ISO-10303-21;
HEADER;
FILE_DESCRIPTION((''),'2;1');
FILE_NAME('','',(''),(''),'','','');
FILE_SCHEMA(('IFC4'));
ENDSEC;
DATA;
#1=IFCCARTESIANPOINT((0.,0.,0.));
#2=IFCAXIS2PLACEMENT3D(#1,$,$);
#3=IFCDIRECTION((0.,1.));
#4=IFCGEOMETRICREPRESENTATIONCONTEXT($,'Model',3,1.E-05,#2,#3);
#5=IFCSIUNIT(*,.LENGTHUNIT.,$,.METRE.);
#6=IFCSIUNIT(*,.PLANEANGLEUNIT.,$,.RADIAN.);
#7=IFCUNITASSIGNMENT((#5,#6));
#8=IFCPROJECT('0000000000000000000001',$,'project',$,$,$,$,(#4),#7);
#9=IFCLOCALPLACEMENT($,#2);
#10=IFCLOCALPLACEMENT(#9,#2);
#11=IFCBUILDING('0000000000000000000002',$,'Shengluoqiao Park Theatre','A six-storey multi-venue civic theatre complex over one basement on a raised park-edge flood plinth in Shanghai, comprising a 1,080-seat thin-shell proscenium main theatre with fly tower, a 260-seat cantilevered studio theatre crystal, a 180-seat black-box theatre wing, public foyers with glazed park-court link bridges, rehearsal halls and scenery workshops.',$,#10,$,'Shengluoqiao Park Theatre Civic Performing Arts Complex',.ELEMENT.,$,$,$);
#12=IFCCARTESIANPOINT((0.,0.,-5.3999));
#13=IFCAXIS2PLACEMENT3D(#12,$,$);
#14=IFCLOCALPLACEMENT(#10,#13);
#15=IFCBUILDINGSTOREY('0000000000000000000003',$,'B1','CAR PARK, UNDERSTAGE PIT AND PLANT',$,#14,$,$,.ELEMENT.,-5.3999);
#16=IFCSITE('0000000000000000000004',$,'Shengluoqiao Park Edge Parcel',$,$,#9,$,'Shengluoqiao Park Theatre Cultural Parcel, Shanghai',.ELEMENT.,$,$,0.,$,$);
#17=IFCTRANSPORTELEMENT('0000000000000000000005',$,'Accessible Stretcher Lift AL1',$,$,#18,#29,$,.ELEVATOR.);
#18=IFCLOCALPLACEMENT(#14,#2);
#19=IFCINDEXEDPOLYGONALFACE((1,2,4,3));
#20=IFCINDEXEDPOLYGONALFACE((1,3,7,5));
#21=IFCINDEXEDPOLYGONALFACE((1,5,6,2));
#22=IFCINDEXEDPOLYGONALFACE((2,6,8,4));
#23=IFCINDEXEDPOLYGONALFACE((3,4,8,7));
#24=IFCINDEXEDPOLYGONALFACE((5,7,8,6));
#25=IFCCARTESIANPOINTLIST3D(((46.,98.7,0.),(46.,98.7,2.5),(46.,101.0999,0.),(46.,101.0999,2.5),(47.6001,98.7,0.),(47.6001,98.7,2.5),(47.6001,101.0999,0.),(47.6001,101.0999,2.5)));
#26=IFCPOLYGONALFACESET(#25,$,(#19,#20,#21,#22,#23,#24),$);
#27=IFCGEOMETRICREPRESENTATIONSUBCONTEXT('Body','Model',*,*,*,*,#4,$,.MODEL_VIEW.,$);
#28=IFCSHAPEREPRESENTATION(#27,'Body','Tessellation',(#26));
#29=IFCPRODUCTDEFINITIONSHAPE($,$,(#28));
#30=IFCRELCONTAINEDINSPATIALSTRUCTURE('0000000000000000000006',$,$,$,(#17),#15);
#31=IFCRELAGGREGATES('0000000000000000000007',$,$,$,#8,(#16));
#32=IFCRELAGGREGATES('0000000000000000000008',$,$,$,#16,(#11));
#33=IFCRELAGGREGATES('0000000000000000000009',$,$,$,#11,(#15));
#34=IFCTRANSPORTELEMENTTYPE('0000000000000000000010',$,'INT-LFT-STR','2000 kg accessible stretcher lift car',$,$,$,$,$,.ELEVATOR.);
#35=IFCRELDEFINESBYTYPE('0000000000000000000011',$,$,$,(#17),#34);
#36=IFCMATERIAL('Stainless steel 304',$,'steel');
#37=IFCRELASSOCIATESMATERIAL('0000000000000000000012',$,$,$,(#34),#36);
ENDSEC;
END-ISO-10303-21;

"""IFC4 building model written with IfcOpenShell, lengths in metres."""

from ifc_helpers import new_model, si_unit, direction, frame, origin, origin_2d, place, context, subcontext, project, spatial, rectangle, extrude, material, type_object, element, save


model = new_model("IFC4")

# Units and contexts
model_context = context("Model", 3, precision=1e-05, world=origin(), true_north=direction((0.0, 1.0)))
body_context = subcontext(model_context, "Body", "Model", "MODEL_VIEW")
ifc_project = project(units=[si_unit("LENGTHUNIT", "METRE"), si_unit("PLANEANGLEUNIT", "RADIAN")], contexts=[model_context])

# Site, building, storey
site_placement = place(None, origin())
site = spatial("IfcSite", under=ifc_project, at=site_placement, Name="Shengluoqiao Park Edge Parcel", LongName="Shengluoqiao Park Theatre Cultural Parcel, Shanghai", CompositionType="ELEMENT", RefElevation=0.0)
building_placement = place(site_placement, origin())
building = spatial("IfcBuilding", under=site, at=building_placement, Name="Shengluoqiao Park Theatre", Description="A six-storey multi-venue civic theatre complex over one basement on a raised park-edge flood plinth in Shanghai, comprising a 1,080-seat thin-shell proscenium main theatre with fly tower, a 260-seat cantilevered studio theatre crystal, a 180-seat black-box theatre wing, public foyers with glazed park-court link bridges, rehearsal halls and scenery workshops.", LongName="Shengluoqiao Park Theatre Civic Performing Arts Complex", CompositionType="ELEMENT")
storey_placement = place(building_placement, frame((0.0, 0.0, -5.3999)))
storey = spatial("IfcBuildingStorey", under=building, at=storey_placement, Name="B1", Description="CAR PARK, UNDERSTAGE PIT AND PLANT", CompositionType="ELEMENT", Elevation=-5.3999)

# Shared definitions
ifc_material_1 = material(Name="Stainless steel 304", Category="steel")

# Transport element
transport_element_type_1 = type_object("IfcTransportElementType", Name="INT-LFT-STR", Description="2000 kg accessible stretcher lift car", PredefinedType="ELEVATOR", material=ifc_material_1)
transport_element_1_placement = place(storey_placement, frame((46.8, 99.8999, 0.0), z_axis=(0.0, 0.0, 1.0), x_axis=(1.0, 0.0, 0.0)))
element("IfcTransportElement", 1, at=transport_element_1_placement, inside=storey, type_object=transport_element_type_1, Name="Accessible Stretcher Lift AL1", PredefinedType="ELEVATOR", context=body_context, shape_type="SweptSolid", body=[
    extrude(rectangle(XDim=1.6001, YDim=2.3999, at=origin_2d()), origin(), (0.0, 0.0, 1.0), 2.5),
])

save(model, "model.ifc")
